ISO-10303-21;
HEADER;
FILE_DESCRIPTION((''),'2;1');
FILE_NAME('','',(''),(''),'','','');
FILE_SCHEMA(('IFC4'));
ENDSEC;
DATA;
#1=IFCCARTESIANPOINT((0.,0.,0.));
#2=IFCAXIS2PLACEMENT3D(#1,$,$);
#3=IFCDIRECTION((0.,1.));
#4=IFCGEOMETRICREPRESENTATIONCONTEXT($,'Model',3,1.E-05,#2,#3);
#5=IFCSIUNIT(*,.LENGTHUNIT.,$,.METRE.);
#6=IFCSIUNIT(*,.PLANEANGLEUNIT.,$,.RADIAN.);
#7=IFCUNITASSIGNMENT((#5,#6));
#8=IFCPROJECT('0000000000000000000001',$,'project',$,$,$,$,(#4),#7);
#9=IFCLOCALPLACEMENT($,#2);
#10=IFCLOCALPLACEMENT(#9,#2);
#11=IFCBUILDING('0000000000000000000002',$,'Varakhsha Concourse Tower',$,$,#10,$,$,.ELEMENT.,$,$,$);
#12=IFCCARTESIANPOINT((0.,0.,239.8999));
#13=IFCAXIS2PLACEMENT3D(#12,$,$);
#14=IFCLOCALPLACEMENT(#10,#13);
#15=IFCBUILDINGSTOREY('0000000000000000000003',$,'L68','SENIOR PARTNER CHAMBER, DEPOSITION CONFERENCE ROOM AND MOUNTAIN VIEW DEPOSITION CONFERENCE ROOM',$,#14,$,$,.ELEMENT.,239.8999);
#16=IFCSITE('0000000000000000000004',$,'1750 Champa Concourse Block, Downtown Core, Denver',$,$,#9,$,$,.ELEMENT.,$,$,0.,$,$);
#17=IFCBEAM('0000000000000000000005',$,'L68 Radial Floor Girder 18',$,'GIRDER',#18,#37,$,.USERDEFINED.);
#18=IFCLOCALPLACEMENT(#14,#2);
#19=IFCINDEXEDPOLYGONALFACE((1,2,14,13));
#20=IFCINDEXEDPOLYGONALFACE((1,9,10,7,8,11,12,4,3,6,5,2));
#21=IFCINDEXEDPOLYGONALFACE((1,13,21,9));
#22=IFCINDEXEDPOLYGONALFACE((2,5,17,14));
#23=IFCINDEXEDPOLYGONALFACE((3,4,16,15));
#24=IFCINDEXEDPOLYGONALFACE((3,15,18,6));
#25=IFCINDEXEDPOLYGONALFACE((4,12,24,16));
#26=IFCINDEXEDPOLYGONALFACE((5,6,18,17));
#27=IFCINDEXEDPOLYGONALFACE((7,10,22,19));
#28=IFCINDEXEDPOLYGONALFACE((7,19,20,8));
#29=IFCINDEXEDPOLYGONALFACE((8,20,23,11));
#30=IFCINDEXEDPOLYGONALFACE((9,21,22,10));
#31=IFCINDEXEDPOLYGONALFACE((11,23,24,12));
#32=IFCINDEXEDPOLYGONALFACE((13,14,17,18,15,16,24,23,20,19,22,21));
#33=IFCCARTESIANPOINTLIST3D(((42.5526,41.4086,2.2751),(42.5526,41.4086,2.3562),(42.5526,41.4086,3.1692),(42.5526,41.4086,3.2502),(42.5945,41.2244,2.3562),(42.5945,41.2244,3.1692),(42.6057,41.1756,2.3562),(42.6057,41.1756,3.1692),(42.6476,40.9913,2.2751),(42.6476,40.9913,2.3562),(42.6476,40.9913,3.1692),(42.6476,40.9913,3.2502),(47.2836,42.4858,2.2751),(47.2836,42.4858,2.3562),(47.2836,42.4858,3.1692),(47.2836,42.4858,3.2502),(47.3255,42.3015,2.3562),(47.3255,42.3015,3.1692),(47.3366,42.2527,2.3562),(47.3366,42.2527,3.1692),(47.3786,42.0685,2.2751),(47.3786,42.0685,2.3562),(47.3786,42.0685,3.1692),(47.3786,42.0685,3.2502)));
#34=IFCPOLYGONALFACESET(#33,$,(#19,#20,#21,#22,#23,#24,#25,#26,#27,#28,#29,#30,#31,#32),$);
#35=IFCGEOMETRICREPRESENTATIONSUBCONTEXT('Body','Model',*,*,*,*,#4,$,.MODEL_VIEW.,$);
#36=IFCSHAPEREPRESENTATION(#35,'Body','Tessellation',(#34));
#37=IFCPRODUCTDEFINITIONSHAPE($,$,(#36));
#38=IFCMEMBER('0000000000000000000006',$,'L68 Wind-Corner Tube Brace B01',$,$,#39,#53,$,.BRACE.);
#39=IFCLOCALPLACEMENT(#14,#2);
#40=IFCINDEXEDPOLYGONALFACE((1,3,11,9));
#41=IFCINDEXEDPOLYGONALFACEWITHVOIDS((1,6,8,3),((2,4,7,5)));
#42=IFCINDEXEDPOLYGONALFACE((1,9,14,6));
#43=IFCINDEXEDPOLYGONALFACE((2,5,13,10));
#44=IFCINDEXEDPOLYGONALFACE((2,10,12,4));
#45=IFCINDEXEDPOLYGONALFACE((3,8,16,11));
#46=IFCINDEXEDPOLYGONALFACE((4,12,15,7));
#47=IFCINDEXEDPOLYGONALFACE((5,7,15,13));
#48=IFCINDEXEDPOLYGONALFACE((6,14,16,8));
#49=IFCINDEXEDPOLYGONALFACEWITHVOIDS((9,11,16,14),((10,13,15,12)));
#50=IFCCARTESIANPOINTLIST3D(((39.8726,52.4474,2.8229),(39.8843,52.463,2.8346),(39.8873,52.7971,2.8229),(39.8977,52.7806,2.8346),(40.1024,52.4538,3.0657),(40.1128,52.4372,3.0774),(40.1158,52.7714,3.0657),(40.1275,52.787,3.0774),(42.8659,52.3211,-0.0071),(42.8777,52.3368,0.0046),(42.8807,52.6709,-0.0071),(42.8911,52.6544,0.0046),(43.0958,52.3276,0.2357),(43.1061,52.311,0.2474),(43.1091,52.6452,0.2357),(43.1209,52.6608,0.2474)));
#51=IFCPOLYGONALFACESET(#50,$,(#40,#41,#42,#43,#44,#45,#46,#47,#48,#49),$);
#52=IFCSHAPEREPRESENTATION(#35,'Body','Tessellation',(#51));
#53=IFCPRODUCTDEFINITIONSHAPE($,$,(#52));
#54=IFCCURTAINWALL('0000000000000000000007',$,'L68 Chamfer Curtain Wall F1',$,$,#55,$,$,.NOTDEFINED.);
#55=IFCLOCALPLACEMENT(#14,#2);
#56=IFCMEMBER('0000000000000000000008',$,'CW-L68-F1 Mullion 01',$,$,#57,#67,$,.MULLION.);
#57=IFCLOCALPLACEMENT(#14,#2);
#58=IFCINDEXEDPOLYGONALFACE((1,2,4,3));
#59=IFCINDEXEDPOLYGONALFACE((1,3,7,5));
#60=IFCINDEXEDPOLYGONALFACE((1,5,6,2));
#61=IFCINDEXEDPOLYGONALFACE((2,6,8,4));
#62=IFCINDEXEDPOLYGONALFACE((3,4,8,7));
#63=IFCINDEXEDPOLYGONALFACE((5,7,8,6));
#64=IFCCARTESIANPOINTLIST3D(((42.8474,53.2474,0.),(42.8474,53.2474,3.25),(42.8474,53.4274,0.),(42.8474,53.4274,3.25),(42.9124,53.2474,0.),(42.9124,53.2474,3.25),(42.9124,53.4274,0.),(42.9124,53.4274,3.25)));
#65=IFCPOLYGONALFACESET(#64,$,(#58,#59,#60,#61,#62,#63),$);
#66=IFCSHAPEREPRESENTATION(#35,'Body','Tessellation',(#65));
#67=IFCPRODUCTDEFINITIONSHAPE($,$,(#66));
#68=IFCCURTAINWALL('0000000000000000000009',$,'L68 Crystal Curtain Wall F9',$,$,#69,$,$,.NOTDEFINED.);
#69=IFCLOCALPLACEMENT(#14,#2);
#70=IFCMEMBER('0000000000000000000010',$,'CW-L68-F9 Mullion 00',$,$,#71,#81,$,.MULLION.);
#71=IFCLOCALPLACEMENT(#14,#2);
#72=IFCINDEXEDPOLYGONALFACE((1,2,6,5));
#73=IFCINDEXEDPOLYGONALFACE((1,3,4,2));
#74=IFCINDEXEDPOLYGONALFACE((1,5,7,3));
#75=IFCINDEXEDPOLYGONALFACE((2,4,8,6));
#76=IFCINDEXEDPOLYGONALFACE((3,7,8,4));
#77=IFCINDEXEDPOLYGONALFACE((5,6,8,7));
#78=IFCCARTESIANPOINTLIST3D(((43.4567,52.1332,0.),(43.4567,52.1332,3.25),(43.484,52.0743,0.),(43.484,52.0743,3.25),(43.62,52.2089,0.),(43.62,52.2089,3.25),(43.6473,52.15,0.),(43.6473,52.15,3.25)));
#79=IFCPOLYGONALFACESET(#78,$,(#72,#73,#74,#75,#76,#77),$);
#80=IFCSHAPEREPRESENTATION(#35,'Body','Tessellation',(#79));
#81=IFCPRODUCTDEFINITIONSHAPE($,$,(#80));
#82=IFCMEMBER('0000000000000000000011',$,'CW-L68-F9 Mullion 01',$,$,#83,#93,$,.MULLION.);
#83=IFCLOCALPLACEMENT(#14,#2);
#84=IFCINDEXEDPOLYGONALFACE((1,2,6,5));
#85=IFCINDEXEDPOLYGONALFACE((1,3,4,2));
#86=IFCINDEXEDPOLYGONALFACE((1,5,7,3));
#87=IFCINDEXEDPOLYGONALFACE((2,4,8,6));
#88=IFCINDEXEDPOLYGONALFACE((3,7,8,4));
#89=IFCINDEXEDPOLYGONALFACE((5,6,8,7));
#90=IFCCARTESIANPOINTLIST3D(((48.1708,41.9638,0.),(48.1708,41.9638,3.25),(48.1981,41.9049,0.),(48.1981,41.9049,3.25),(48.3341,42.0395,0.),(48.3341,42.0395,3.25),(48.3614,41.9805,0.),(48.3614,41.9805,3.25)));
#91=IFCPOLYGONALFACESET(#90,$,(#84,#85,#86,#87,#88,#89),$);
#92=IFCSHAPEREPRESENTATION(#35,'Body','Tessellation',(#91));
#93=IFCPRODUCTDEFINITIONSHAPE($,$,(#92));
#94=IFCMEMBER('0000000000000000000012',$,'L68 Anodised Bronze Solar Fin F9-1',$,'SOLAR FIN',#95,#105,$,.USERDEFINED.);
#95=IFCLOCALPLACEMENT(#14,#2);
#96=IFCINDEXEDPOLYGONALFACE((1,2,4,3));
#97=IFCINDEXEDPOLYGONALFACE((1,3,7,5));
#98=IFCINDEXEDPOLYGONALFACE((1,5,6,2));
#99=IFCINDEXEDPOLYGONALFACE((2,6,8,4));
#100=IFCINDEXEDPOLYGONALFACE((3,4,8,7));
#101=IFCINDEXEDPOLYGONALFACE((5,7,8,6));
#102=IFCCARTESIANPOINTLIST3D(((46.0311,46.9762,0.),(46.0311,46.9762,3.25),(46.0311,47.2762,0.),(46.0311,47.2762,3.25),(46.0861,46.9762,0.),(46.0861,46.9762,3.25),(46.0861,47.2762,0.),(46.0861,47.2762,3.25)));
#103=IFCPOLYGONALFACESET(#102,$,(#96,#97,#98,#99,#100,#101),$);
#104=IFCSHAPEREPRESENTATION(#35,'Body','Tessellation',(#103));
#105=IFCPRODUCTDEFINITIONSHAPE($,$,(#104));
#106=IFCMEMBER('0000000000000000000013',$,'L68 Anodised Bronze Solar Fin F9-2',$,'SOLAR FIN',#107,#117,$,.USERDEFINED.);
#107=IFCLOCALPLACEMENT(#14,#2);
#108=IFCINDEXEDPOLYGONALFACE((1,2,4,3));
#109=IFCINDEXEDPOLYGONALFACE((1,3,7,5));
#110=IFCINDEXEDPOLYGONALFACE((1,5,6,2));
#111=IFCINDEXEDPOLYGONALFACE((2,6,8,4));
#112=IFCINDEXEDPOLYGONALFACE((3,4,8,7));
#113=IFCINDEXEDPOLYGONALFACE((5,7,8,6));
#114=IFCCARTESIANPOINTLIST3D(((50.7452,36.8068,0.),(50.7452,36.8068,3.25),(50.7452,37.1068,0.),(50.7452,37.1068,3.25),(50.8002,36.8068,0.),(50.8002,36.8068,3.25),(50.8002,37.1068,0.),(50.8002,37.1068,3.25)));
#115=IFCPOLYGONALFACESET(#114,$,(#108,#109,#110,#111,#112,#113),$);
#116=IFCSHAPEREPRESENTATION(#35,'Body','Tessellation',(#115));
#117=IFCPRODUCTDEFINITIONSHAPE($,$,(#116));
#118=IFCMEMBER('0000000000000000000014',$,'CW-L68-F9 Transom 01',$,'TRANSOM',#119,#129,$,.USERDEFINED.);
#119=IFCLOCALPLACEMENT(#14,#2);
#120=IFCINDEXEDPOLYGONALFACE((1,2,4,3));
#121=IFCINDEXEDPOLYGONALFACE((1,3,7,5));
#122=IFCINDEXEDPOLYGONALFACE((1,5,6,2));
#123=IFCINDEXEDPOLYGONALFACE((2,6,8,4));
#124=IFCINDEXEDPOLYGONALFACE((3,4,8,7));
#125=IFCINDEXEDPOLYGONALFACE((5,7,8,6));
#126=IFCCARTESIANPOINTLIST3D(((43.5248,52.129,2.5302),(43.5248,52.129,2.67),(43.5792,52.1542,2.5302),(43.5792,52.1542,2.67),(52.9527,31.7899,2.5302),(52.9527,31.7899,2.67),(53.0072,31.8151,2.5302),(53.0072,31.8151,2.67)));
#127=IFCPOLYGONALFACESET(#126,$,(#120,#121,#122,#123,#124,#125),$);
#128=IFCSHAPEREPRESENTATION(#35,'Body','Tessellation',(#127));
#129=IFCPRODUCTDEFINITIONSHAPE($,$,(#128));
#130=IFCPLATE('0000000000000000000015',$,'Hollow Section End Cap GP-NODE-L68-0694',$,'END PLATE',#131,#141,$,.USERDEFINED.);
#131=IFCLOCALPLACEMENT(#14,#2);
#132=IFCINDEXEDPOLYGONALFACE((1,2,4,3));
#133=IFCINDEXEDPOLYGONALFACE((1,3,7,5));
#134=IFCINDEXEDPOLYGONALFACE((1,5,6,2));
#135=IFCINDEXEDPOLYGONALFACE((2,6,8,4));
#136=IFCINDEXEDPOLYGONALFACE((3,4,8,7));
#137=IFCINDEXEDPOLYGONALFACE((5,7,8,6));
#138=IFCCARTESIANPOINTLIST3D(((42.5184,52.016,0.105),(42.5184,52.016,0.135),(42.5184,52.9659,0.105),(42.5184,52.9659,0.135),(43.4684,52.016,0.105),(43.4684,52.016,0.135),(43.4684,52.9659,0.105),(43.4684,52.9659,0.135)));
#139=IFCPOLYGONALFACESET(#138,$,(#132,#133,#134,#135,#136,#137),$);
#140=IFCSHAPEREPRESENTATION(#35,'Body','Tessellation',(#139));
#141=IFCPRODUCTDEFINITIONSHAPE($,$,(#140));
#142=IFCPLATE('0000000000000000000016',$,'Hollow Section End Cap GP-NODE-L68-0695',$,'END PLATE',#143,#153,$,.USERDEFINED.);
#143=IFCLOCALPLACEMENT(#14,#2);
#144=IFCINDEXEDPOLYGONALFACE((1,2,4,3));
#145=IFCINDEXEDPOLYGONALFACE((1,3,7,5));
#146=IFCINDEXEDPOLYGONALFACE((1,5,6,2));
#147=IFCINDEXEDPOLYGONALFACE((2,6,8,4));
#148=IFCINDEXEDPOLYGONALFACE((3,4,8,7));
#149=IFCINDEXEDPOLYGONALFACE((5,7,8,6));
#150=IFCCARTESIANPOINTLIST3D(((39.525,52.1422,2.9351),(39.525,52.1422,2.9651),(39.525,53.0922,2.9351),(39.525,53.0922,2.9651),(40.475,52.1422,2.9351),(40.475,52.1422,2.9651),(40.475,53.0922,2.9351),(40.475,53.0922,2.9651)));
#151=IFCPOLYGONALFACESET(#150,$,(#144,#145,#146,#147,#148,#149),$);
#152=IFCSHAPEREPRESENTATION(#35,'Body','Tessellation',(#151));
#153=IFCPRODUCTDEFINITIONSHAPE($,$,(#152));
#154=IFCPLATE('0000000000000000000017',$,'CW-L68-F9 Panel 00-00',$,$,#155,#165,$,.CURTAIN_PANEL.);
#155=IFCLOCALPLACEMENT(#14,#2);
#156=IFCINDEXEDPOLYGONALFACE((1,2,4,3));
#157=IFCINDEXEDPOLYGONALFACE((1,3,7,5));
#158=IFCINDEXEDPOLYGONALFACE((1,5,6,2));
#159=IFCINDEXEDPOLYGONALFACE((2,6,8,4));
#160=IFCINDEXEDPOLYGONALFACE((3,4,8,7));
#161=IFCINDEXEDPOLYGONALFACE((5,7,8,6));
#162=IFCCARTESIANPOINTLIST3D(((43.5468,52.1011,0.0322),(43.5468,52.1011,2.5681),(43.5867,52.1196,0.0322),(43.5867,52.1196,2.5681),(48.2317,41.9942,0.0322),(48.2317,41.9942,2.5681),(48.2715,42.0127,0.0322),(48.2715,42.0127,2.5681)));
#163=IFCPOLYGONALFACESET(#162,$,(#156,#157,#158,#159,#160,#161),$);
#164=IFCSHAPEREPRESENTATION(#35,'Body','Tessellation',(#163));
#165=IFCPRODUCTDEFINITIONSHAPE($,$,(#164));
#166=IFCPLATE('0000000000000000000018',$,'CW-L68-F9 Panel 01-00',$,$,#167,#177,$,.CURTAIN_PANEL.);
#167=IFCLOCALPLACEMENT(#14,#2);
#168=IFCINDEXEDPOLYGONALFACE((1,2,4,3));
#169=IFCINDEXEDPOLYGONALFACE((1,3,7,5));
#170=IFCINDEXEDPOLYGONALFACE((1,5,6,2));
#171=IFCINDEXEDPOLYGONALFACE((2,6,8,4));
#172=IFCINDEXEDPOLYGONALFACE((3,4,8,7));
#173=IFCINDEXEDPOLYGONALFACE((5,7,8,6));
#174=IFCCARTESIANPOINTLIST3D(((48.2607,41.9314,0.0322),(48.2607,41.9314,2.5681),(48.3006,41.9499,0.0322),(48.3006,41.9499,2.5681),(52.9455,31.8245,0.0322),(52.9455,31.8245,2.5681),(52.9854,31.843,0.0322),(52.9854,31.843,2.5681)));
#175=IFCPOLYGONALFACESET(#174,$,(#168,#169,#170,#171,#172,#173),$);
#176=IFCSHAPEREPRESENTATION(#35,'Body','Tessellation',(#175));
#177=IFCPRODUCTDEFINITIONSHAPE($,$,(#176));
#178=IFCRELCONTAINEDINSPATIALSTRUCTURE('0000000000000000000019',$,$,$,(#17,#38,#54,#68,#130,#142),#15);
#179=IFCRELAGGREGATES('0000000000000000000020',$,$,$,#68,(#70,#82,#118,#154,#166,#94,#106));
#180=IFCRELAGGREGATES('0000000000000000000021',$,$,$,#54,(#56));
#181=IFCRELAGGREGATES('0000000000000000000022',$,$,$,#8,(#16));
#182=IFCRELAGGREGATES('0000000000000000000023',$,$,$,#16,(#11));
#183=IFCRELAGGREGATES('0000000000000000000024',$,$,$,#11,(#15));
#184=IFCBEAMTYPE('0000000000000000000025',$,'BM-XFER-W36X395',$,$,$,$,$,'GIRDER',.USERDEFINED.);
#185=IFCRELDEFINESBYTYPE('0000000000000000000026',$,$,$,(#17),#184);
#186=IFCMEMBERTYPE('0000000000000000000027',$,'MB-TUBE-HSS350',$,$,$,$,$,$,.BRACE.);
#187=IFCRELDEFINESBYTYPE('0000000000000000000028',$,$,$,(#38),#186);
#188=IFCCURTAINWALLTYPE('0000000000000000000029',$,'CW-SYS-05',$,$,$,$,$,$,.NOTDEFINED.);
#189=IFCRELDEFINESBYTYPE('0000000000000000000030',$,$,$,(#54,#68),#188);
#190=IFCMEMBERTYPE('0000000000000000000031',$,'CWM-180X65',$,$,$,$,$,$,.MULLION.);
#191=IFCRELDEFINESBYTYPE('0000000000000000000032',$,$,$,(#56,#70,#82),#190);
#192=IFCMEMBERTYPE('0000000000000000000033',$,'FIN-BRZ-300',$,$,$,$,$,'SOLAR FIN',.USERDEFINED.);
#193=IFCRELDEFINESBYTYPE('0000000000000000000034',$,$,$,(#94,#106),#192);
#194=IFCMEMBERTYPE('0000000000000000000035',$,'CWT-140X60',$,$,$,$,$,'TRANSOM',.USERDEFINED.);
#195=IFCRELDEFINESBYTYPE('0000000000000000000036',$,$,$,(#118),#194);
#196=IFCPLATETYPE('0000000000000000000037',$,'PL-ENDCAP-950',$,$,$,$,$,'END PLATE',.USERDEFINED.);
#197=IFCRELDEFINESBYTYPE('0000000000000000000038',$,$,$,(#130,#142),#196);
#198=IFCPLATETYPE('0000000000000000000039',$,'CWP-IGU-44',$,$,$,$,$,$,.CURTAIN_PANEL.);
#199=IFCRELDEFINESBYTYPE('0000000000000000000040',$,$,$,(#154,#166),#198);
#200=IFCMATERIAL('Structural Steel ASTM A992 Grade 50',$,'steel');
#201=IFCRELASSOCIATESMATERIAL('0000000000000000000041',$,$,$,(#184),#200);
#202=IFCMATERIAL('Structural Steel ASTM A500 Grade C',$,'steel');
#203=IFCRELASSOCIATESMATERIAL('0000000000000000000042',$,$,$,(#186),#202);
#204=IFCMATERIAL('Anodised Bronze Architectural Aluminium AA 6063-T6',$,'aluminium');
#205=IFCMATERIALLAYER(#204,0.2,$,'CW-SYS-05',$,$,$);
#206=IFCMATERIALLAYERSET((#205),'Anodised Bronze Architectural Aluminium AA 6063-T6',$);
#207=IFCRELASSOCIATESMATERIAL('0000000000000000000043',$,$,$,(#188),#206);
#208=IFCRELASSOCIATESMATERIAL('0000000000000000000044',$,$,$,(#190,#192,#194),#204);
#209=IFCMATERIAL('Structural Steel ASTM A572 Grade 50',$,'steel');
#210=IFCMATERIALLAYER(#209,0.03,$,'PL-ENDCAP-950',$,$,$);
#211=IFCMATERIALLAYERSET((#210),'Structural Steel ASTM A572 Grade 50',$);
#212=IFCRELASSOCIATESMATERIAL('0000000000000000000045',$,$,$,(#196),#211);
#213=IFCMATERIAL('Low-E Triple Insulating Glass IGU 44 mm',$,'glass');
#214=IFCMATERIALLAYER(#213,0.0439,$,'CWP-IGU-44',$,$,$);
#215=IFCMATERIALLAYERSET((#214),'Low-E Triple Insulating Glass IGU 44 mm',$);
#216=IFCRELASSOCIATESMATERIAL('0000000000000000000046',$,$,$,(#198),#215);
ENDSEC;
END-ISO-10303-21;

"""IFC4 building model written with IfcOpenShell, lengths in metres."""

from ifc_helpers import new_model, si_unit, direction, frame, origin, origin_2d, place, context, subcontext, project, spatial, rectangle, hollow_rectangle, i_section, extrude, source, transform, mapped, material, layer, layer_set, material_profile, profile_set, type_object, type_shapes, element, aggregate, save


model = new_model("IFC4")

# Units and contexts
model_context = context("Model", 3, precision=1e-05, world=origin(), true_north=direction((0.0, 1.0)))
body_context = subcontext(model_context, "Body", "Model", "MODEL_VIEW")
ifc_project = project(units=[si_unit("LENGTHUNIT", "METRE"), si_unit("PLANEANGLEUNIT", "RADIAN")], contexts=[model_context])

# Site, building, storey
site_placement = place(None, origin())
site = spatial("IfcSite", under=ifc_project, at=site_placement, Name="1750 Champa Concourse Block, Downtown Core, Denver", CompositionType="ELEMENT", RefElevation=0.0)
building_placement = place(site_placement, origin())
building = spatial("IfcBuilding", under=site, at=building_placement, Name="Varakhsha Concourse Tower", CompositionType="ELEMENT")
storey_placement = place(building_placement, frame((0.0, 0.0, 239.8999)))
storey = spatial("IfcBuildingStorey", under=building, at=storey_placement, Name="L68", Description="SENIOR PARTNER CHAMBER, DEPOSITION CONFERENCE ROOM AND MOUNTAIN VIEW DEPOSITION CONFERENCE ROOM", CompositionType="ELEMENT", Elevation=239.8999)

# Shared definitions
ifc_material_1 = material(Name="Structural Steel ASTM A992 Grade 50", Category="steel")
ifc_material_2 = material(Name="Structural Steel ASTM A572 Grade 50", Category="steel")

# Beam
ifc_material_profile_1 = material_profile(ifc_material_1, i_section(OverallWidth=0.428, OverallDepth=0.9751, WebThickness=0.05, FlangeThickness=0.0811, at=origin_2d()), Name="W36X395")
ifc_profile_set_1 = profile_set([ifc_material_profile_1], Name="Structural Steel ASTM A992 Grade 50")
beam_type_1 = type_object("IfcBeamType", Name="BM-XFER-W36X395", ElementType="GIRDER", PredefinedType="USERDEFINED", material=ifc_profile_set_1)
beam_1_placement = place(storey_placement, frame((42.6001, 41.2, 2.7627), z_axis=(0.975047, 0.222, 0.0), x_axis=(-0.222, 0.975047, 0.0)))
element("IfcBeam", 1, at=beam_1_placement, inside=storey, type_object=beam_type_1, Name="L68 Radial Floor Girder 18", ObjectType="GIRDER", PredefinedType="USERDEFINED", context=body_context, shape_type="SweptSolid", body=[
    extrude(i_section(OverallWidth=0.428, OverallDepth=0.9751, WebThickness=0.05, FlangeThickness=0.0811, at=origin_2d()), origin(), (0.0, 0.0, 1.0), 4.8521),
])

# Member
ifc_material_3 = material(Name="Structural Steel ASTM A500 Grade C", Category="steel")
ifc_material_profile_2 = material_profile(ifc_material_3, hollow_rectangle(XDim=0.3501, YDim=0.3501, WallThickness=0.0161, at=origin_2d()), Name="HSS 350x350x16")
ifc_profile_set_2 = profile_set([ifc_material_profile_2], Name="Structural Steel ASTM A500 Grade C")
member_type_1 = type_object("IfcMemberType", Name="MB-TUBE-HSS350", PredefinedType="BRACE", material=ifc_profile_set_2)
shared_shape_1 = source(origin(), body_context, "Body", "SweptSolid", [
    extrude(hollow_rectangle(XDim=0.3501, YDim=0.3501, WallThickness=0.0161, at=origin_2d()), origin(), (0.0, 0.0, 1.0), 4.1213),
])
type_shapes(member_type_1, [shared_shape_1])
member_1_placement = place(storey_placement, frame((42.9934, 52.491, 0.1201), z_axis=(-0.726312, 0.030626, 0.686682), x_axis=(-0.042129, -0.999112, 0.0)))
element("IfcMember", 2, at=member_1_placement, inside=storey, type_object=member_type_1, Name="L68 Wind-Corner Tube Brace B01", PredefinedType="BRACE", context=body_context, shape_type="MappedRepresentation", body=[
    mapped(shared_shape_1, transform((0.0, 0.0, 0.0), scale=1.0)),
])

# Curtain wall, member
ifc_material_4 = material(Name="Anodised Bronze Architectural Aluminium AA 6063-T6", Category="aluminium")
ifc_layer_1 = layer(ifc_material_4, 0.2, Name="CW-SYS-05")
ifc_layer_set_1 = layer_set([ifc_layer_1], Name="Anodised Bronze Architectural Aluminium AA 6063-T6")
curtain_wall_type = type_object("IfcCurtainWallType", Name="CW-SYS-05", PredefinedType="NOTDEFINED", material=ifc_layer_set_1)
curtain_wall_1_placement = place(storey_placement, origin())
curtain_wall_1 = element("IfcCurtainWall", 3, at=curtain_wall_1_placement, inside=storey, type_object=curtain_wall_type, Name="L68 Chamfer Curtain Wall F1", PredefinedType="NOTDEFINED")
ifc_material_profile_3 = material_profile(ifc_material_4, rectangle(XDim=0.0649, YDim=0.1799, at=origin_2d()), Name="CWM-180X65")
ifc_profile_set_3 = profile_set([ifc_material_profile_3], Name="Anodised Bronze Architectural Aluminium AA 6063-T6")
member_type_2 = type_object("IfcMemberType", Name="CWM-180X65", PredefinedType="MULLION", material=ifc_profile_set_3)
shared_shape_2 = source(origin(), body_context, "Body", "SweptSolid", [
    extrude(rectangle(XDim=0.0649, YDim=0.1799, at=origin_2d()), origin(), (0.0, 0.0, 1.0), 3.25),
])
type_shapes(member_type_2, [shared_shape_2])
member_2_placement = place(storey_placement, frame((42.8799, 53.3374, 0.0), z_axis=(0.0, 0.0, 1.0), x_axis=(1.0, 0.0, 0.0)))
member_2 = element("IfcMember", 4, at=member_2_placement, type_object=member_type_2, Name="CW-L68-F1 Mullion 01", PredefinedType="MULLION", context=body_context, shape_type="MappedRepresentation", body=[
    mapped(shared_shape_2, transform((0.0, 0.0, 0.0), scale=1.0)),
])

# Curtain wall, members
curtain_wall_2_placement = place(storey_placement, origin())
curtain_wall_2 = element("IfcCurtainWall", 5, at=curtain_wall_2_placement, inside=storey, type_object=curtain_wall_type, Name="L68 Crystal Curtain Wall F9", PredefinedType="NOTDEFINED")
member_3_placement = place(storey_placement, frame((43.552, 52.1416, 0.0), z_axis=(0.0, 0.0, 1.0), x_axis=(0.420547, -0.907271, 0.0)))
member_3 = element("IfcMember", 6, at=member_3_placement, type_object=member_type_2, Name="CW-L68-F9 Mullion 00", PredefinedType="MULLION", context=body_context, shape_type="MappedRepresentation", body=[
    mapped(shared_shape_2, transform((0.0, 0.0, 0.0), scale=1.0)),
])
member_4_placement = place(storey_placement, frame((48.2661, 41.9722, 0.0), z_axis=(0.0, 0.0, 1.0), x_axis=(0.420547, -0.907271, 0.0)))
member_4 = element("IfcMember", 7, at=member_4_placement, type_object=member_type_2, Name="CW-L68-F9 Mullion 01", PredefinedType="MULLION", context=body_context, shape_type="MappedRepresentation", body=[
    mapped(shared_shape_2, transform((0.0, 0.0, 0.0), scale=1.0)),
])
ifc_material_profile_4 = material_profile(ifc_material_4, rectangle(XDim=0.0549, YDim=0.3, at=origin_2d()), Name="FIN-BRZ-300")
ifc_profile_set_4 = profile_set([ifc_material_profile_4], Name="Anodised Bronze Architectural Aluminium AA 6063-T6")
member_type_3 = type_object("IfcMemberType", Name="FIN-BRZ-300", ElementType="SOLAR FIN", PredefinedType="USERDEFINED", material=ifc_profile_set_4)
shared_shape_3 = source(origin(), body_context, "Body", "SweptSolid", [
    extrude(rectangle(XDim=0.0549, YDim=0.3, at=origin_2d()), origin(), (0.0, 0.0, 1.0), 3.25),
])
type_shapes(member_type_3, [shared_shape_3])
member_5_placement = place(storey_placement, frame((46.0586, 47.1262, 0.0), z_axis=(0.0, 0.0, 1.0), x_axis=(1.0, 0.0, 0.0)))
member_5 = element("IfcMember", 8, at=member_5_placement, type_object=member_type_3, Name="L68 Anodised Bronze Solar Fin F9-1", ObjectType="SOLAR FIN", PredefinedType="USERDEFINED", context=body_context, shape_type="MappedRepresentation", body=[
    mapped(shared_shape_3, transform((0.0, 0.0, 0.0), scale=1.0)),
])
member_6_placement = place(storey_placement, frame((50.7727, 36.9568, 0.0), z_axis=(0.0, 0.0, 1.0), x_axis=(1.0, 0.0, 0.0)))
member_6 = element("IfcMember", 9, at=member_6_placement, type_object=member_type_3, Name="L68 Anodised Bronze Solar Fin F9-2", ObjectType="SOLAR FIN", PredefinedType="USERDEFINED", context=body_context, shape_type="MappedRepresentation", body=[
    mapped(shared_shape_3, transform((0.0, 0.0, 0.0), scale=1.0)),
])
ifc_material_profile_5 = material_profile(ifc_material_4, rectangle(XDim=0.0601, YDim=0.1399, at=origin_2d()), Name="CWT-140X60")
ifc_profile_set_5 = profile_set([ifc_material_profile_5], Name="Anodised Bronze Architectural Aluminium AA 6063-T6")
member_type_4 = type_object("IfcMemberType", Name="CWT-140X60", ElementType="TRANSOM", PredefinedType="USERDEFINED", material=ifc_profile_set_5)
shared_shape_4 = source(origin(), body_context, "Body", "SweptSolid", [
    extrude(rectangle(XDim=0.0601, YDim=0.1399, at=origin_2d()), origin(), (0.0, 0.0, 1.0), 22.418),
])
type_shapes(member_type_4, [shared_shape_4])
member_7_placement = place(storey_placement, frame((43.552, 52.1416, 2.6001), z_axis=(0.420554, -0.907267, 0.0), x_axis=(0.907267, 0.420554, 0.0)))
member_7 = element("IfcMember", 10, at=member_7_placement, type_object=member_type_4, Name="CW-L68-F9 Transom 01", ObjectType="TRANSOM", PredefinedType="USERDEFINED", context=body_context, shape_type="MappedRepresentation", body=[
    mapped(shared_shape_4, transform((0.0, 0.0, 0.0), scale=1.0)),
])

# Plates
ifc_layer_2 = layer(ifc_material_2, 0.03, Name="PL-ENDCAP-950")
ifc_layer_set_2 = layer_set([ifc_layer_2], Name="Structural Steel ASTM A572 Grade 50")
plate_type_1 = type_object("IfcPlateType", Name="PL-ENDCAP-950", ElementType="END PLATE", PredefinedType="USERDEFINED", material=ifc_layer_set_2)
shared_shape_5 = source(origin(), body_context, "Body", "SweptSolid", [
    extrude(rectangle(XDim=0.95, YDim=0.95, at=origin_2d()), origin(), (0.0, 0.0, 1.0), 0.03),
])
type_shapes(plate_type_1, [shared_shape_5])
for number, where, z_axis, x_axis, name in (
    (11, (42.9934, 52.491, 0.105), (0.0, 0.0, 1.0), (1.0, 0.0, 0.0), "Hollow Section End Cap GP-NODE-L68-0694"),
    (12, (40.0, 52.6172, 2.9351), (0.0, 0.0, 1.0), (1.0, 0.0, 0.0), "Hollow Section End Cap GP-NODE-L68-0695"),
):
    element("IfcPlate", number, at=place(storey_placement, frame(where, z_axis=z_axis, x_axis=x_axis)), inside=storey, type_object=plate_type_1, Name=name, ObjectType="END PLATE", PredefinedType="USERDEFINED", context=body_context, shape_type="MappedRepresentation", body=[
        mapped(shared_shape_5, transform((0.0, 0.0, 0.0), scale=1.0)),
    ])

# Plates
ifc_material_5 = material(Name="Low-E Triple Insulating Glass IGU 44 mm", Category="glass")
ifc_layer_3 = layer(ifc_material_5, 0.0439, Name="CWP-IGU-44")
ifc_layer_set_3 = layer_set([ifc_layer_3], Name="Low-E Triple Insulating Glass IGU 44 mm")
plate_type_2 = type_object("IfcPlateType", Name="CWP-IGU-44", PredefinedType="CURTAIN_PANEL", material=ifc_layer_set_3)
shared_shape_6 = source(origin(), body_context, "Body", "SweptSolid", [
    extrude(rectangle(XDim=11.1399, YDim=0.0439, at=origin_2d()), origin(), (0.0, 0.0, 1.0), 2.5359),
])
type_shapes(plate_type_2, [shared_shape_6])
plate_1_placement = place(storey_placement, frame((45.9092, 47.0569, 0.0322), z_axis=(0.0, 0.0, 1.0), x_axis=(0.420547, -0.907271, 0.0)))
plate_1 = element("IfcPlate", 13, at=plate_1_placement, type_object=plate_type_2, Name="CW-L68-F9 Panel 00-00", PredefinedType="CURTAIN_PANEL", context=body_context, shape_type="MappedRepresentation", body=[
    mapped(shared_shape_6, transform((0.0, 0.0, 0.0), scale=1.0)),
])
plate_2_placement = place(storey_placement, frame((50.623, 36.8872, 0.0322), z_axis=(0.0, 0.0, 1.0), x_axis=(0.420547, -0.907271, 0.0)))
plate_2 = element("IfcPlate", 14, at=plate_2_placement, type_object=plate_type_2, Name="CW-L68-F9 Panel 01-00", PredefinedType="CURTAIN_PANEL", context=body_context, shape_type="MappedRepresentation", body=[
    mapped(shared_shape_6, transform((0.0, 0.0, 0.0), scale=1.0)),
])
aggregate(curtain_wall_2, [member_3, member_4, member_7, plate_1, plate_2, member_5, member_6])
aggregate(curtain_wall_1, [member_2])

save(model, "model.ifc")
